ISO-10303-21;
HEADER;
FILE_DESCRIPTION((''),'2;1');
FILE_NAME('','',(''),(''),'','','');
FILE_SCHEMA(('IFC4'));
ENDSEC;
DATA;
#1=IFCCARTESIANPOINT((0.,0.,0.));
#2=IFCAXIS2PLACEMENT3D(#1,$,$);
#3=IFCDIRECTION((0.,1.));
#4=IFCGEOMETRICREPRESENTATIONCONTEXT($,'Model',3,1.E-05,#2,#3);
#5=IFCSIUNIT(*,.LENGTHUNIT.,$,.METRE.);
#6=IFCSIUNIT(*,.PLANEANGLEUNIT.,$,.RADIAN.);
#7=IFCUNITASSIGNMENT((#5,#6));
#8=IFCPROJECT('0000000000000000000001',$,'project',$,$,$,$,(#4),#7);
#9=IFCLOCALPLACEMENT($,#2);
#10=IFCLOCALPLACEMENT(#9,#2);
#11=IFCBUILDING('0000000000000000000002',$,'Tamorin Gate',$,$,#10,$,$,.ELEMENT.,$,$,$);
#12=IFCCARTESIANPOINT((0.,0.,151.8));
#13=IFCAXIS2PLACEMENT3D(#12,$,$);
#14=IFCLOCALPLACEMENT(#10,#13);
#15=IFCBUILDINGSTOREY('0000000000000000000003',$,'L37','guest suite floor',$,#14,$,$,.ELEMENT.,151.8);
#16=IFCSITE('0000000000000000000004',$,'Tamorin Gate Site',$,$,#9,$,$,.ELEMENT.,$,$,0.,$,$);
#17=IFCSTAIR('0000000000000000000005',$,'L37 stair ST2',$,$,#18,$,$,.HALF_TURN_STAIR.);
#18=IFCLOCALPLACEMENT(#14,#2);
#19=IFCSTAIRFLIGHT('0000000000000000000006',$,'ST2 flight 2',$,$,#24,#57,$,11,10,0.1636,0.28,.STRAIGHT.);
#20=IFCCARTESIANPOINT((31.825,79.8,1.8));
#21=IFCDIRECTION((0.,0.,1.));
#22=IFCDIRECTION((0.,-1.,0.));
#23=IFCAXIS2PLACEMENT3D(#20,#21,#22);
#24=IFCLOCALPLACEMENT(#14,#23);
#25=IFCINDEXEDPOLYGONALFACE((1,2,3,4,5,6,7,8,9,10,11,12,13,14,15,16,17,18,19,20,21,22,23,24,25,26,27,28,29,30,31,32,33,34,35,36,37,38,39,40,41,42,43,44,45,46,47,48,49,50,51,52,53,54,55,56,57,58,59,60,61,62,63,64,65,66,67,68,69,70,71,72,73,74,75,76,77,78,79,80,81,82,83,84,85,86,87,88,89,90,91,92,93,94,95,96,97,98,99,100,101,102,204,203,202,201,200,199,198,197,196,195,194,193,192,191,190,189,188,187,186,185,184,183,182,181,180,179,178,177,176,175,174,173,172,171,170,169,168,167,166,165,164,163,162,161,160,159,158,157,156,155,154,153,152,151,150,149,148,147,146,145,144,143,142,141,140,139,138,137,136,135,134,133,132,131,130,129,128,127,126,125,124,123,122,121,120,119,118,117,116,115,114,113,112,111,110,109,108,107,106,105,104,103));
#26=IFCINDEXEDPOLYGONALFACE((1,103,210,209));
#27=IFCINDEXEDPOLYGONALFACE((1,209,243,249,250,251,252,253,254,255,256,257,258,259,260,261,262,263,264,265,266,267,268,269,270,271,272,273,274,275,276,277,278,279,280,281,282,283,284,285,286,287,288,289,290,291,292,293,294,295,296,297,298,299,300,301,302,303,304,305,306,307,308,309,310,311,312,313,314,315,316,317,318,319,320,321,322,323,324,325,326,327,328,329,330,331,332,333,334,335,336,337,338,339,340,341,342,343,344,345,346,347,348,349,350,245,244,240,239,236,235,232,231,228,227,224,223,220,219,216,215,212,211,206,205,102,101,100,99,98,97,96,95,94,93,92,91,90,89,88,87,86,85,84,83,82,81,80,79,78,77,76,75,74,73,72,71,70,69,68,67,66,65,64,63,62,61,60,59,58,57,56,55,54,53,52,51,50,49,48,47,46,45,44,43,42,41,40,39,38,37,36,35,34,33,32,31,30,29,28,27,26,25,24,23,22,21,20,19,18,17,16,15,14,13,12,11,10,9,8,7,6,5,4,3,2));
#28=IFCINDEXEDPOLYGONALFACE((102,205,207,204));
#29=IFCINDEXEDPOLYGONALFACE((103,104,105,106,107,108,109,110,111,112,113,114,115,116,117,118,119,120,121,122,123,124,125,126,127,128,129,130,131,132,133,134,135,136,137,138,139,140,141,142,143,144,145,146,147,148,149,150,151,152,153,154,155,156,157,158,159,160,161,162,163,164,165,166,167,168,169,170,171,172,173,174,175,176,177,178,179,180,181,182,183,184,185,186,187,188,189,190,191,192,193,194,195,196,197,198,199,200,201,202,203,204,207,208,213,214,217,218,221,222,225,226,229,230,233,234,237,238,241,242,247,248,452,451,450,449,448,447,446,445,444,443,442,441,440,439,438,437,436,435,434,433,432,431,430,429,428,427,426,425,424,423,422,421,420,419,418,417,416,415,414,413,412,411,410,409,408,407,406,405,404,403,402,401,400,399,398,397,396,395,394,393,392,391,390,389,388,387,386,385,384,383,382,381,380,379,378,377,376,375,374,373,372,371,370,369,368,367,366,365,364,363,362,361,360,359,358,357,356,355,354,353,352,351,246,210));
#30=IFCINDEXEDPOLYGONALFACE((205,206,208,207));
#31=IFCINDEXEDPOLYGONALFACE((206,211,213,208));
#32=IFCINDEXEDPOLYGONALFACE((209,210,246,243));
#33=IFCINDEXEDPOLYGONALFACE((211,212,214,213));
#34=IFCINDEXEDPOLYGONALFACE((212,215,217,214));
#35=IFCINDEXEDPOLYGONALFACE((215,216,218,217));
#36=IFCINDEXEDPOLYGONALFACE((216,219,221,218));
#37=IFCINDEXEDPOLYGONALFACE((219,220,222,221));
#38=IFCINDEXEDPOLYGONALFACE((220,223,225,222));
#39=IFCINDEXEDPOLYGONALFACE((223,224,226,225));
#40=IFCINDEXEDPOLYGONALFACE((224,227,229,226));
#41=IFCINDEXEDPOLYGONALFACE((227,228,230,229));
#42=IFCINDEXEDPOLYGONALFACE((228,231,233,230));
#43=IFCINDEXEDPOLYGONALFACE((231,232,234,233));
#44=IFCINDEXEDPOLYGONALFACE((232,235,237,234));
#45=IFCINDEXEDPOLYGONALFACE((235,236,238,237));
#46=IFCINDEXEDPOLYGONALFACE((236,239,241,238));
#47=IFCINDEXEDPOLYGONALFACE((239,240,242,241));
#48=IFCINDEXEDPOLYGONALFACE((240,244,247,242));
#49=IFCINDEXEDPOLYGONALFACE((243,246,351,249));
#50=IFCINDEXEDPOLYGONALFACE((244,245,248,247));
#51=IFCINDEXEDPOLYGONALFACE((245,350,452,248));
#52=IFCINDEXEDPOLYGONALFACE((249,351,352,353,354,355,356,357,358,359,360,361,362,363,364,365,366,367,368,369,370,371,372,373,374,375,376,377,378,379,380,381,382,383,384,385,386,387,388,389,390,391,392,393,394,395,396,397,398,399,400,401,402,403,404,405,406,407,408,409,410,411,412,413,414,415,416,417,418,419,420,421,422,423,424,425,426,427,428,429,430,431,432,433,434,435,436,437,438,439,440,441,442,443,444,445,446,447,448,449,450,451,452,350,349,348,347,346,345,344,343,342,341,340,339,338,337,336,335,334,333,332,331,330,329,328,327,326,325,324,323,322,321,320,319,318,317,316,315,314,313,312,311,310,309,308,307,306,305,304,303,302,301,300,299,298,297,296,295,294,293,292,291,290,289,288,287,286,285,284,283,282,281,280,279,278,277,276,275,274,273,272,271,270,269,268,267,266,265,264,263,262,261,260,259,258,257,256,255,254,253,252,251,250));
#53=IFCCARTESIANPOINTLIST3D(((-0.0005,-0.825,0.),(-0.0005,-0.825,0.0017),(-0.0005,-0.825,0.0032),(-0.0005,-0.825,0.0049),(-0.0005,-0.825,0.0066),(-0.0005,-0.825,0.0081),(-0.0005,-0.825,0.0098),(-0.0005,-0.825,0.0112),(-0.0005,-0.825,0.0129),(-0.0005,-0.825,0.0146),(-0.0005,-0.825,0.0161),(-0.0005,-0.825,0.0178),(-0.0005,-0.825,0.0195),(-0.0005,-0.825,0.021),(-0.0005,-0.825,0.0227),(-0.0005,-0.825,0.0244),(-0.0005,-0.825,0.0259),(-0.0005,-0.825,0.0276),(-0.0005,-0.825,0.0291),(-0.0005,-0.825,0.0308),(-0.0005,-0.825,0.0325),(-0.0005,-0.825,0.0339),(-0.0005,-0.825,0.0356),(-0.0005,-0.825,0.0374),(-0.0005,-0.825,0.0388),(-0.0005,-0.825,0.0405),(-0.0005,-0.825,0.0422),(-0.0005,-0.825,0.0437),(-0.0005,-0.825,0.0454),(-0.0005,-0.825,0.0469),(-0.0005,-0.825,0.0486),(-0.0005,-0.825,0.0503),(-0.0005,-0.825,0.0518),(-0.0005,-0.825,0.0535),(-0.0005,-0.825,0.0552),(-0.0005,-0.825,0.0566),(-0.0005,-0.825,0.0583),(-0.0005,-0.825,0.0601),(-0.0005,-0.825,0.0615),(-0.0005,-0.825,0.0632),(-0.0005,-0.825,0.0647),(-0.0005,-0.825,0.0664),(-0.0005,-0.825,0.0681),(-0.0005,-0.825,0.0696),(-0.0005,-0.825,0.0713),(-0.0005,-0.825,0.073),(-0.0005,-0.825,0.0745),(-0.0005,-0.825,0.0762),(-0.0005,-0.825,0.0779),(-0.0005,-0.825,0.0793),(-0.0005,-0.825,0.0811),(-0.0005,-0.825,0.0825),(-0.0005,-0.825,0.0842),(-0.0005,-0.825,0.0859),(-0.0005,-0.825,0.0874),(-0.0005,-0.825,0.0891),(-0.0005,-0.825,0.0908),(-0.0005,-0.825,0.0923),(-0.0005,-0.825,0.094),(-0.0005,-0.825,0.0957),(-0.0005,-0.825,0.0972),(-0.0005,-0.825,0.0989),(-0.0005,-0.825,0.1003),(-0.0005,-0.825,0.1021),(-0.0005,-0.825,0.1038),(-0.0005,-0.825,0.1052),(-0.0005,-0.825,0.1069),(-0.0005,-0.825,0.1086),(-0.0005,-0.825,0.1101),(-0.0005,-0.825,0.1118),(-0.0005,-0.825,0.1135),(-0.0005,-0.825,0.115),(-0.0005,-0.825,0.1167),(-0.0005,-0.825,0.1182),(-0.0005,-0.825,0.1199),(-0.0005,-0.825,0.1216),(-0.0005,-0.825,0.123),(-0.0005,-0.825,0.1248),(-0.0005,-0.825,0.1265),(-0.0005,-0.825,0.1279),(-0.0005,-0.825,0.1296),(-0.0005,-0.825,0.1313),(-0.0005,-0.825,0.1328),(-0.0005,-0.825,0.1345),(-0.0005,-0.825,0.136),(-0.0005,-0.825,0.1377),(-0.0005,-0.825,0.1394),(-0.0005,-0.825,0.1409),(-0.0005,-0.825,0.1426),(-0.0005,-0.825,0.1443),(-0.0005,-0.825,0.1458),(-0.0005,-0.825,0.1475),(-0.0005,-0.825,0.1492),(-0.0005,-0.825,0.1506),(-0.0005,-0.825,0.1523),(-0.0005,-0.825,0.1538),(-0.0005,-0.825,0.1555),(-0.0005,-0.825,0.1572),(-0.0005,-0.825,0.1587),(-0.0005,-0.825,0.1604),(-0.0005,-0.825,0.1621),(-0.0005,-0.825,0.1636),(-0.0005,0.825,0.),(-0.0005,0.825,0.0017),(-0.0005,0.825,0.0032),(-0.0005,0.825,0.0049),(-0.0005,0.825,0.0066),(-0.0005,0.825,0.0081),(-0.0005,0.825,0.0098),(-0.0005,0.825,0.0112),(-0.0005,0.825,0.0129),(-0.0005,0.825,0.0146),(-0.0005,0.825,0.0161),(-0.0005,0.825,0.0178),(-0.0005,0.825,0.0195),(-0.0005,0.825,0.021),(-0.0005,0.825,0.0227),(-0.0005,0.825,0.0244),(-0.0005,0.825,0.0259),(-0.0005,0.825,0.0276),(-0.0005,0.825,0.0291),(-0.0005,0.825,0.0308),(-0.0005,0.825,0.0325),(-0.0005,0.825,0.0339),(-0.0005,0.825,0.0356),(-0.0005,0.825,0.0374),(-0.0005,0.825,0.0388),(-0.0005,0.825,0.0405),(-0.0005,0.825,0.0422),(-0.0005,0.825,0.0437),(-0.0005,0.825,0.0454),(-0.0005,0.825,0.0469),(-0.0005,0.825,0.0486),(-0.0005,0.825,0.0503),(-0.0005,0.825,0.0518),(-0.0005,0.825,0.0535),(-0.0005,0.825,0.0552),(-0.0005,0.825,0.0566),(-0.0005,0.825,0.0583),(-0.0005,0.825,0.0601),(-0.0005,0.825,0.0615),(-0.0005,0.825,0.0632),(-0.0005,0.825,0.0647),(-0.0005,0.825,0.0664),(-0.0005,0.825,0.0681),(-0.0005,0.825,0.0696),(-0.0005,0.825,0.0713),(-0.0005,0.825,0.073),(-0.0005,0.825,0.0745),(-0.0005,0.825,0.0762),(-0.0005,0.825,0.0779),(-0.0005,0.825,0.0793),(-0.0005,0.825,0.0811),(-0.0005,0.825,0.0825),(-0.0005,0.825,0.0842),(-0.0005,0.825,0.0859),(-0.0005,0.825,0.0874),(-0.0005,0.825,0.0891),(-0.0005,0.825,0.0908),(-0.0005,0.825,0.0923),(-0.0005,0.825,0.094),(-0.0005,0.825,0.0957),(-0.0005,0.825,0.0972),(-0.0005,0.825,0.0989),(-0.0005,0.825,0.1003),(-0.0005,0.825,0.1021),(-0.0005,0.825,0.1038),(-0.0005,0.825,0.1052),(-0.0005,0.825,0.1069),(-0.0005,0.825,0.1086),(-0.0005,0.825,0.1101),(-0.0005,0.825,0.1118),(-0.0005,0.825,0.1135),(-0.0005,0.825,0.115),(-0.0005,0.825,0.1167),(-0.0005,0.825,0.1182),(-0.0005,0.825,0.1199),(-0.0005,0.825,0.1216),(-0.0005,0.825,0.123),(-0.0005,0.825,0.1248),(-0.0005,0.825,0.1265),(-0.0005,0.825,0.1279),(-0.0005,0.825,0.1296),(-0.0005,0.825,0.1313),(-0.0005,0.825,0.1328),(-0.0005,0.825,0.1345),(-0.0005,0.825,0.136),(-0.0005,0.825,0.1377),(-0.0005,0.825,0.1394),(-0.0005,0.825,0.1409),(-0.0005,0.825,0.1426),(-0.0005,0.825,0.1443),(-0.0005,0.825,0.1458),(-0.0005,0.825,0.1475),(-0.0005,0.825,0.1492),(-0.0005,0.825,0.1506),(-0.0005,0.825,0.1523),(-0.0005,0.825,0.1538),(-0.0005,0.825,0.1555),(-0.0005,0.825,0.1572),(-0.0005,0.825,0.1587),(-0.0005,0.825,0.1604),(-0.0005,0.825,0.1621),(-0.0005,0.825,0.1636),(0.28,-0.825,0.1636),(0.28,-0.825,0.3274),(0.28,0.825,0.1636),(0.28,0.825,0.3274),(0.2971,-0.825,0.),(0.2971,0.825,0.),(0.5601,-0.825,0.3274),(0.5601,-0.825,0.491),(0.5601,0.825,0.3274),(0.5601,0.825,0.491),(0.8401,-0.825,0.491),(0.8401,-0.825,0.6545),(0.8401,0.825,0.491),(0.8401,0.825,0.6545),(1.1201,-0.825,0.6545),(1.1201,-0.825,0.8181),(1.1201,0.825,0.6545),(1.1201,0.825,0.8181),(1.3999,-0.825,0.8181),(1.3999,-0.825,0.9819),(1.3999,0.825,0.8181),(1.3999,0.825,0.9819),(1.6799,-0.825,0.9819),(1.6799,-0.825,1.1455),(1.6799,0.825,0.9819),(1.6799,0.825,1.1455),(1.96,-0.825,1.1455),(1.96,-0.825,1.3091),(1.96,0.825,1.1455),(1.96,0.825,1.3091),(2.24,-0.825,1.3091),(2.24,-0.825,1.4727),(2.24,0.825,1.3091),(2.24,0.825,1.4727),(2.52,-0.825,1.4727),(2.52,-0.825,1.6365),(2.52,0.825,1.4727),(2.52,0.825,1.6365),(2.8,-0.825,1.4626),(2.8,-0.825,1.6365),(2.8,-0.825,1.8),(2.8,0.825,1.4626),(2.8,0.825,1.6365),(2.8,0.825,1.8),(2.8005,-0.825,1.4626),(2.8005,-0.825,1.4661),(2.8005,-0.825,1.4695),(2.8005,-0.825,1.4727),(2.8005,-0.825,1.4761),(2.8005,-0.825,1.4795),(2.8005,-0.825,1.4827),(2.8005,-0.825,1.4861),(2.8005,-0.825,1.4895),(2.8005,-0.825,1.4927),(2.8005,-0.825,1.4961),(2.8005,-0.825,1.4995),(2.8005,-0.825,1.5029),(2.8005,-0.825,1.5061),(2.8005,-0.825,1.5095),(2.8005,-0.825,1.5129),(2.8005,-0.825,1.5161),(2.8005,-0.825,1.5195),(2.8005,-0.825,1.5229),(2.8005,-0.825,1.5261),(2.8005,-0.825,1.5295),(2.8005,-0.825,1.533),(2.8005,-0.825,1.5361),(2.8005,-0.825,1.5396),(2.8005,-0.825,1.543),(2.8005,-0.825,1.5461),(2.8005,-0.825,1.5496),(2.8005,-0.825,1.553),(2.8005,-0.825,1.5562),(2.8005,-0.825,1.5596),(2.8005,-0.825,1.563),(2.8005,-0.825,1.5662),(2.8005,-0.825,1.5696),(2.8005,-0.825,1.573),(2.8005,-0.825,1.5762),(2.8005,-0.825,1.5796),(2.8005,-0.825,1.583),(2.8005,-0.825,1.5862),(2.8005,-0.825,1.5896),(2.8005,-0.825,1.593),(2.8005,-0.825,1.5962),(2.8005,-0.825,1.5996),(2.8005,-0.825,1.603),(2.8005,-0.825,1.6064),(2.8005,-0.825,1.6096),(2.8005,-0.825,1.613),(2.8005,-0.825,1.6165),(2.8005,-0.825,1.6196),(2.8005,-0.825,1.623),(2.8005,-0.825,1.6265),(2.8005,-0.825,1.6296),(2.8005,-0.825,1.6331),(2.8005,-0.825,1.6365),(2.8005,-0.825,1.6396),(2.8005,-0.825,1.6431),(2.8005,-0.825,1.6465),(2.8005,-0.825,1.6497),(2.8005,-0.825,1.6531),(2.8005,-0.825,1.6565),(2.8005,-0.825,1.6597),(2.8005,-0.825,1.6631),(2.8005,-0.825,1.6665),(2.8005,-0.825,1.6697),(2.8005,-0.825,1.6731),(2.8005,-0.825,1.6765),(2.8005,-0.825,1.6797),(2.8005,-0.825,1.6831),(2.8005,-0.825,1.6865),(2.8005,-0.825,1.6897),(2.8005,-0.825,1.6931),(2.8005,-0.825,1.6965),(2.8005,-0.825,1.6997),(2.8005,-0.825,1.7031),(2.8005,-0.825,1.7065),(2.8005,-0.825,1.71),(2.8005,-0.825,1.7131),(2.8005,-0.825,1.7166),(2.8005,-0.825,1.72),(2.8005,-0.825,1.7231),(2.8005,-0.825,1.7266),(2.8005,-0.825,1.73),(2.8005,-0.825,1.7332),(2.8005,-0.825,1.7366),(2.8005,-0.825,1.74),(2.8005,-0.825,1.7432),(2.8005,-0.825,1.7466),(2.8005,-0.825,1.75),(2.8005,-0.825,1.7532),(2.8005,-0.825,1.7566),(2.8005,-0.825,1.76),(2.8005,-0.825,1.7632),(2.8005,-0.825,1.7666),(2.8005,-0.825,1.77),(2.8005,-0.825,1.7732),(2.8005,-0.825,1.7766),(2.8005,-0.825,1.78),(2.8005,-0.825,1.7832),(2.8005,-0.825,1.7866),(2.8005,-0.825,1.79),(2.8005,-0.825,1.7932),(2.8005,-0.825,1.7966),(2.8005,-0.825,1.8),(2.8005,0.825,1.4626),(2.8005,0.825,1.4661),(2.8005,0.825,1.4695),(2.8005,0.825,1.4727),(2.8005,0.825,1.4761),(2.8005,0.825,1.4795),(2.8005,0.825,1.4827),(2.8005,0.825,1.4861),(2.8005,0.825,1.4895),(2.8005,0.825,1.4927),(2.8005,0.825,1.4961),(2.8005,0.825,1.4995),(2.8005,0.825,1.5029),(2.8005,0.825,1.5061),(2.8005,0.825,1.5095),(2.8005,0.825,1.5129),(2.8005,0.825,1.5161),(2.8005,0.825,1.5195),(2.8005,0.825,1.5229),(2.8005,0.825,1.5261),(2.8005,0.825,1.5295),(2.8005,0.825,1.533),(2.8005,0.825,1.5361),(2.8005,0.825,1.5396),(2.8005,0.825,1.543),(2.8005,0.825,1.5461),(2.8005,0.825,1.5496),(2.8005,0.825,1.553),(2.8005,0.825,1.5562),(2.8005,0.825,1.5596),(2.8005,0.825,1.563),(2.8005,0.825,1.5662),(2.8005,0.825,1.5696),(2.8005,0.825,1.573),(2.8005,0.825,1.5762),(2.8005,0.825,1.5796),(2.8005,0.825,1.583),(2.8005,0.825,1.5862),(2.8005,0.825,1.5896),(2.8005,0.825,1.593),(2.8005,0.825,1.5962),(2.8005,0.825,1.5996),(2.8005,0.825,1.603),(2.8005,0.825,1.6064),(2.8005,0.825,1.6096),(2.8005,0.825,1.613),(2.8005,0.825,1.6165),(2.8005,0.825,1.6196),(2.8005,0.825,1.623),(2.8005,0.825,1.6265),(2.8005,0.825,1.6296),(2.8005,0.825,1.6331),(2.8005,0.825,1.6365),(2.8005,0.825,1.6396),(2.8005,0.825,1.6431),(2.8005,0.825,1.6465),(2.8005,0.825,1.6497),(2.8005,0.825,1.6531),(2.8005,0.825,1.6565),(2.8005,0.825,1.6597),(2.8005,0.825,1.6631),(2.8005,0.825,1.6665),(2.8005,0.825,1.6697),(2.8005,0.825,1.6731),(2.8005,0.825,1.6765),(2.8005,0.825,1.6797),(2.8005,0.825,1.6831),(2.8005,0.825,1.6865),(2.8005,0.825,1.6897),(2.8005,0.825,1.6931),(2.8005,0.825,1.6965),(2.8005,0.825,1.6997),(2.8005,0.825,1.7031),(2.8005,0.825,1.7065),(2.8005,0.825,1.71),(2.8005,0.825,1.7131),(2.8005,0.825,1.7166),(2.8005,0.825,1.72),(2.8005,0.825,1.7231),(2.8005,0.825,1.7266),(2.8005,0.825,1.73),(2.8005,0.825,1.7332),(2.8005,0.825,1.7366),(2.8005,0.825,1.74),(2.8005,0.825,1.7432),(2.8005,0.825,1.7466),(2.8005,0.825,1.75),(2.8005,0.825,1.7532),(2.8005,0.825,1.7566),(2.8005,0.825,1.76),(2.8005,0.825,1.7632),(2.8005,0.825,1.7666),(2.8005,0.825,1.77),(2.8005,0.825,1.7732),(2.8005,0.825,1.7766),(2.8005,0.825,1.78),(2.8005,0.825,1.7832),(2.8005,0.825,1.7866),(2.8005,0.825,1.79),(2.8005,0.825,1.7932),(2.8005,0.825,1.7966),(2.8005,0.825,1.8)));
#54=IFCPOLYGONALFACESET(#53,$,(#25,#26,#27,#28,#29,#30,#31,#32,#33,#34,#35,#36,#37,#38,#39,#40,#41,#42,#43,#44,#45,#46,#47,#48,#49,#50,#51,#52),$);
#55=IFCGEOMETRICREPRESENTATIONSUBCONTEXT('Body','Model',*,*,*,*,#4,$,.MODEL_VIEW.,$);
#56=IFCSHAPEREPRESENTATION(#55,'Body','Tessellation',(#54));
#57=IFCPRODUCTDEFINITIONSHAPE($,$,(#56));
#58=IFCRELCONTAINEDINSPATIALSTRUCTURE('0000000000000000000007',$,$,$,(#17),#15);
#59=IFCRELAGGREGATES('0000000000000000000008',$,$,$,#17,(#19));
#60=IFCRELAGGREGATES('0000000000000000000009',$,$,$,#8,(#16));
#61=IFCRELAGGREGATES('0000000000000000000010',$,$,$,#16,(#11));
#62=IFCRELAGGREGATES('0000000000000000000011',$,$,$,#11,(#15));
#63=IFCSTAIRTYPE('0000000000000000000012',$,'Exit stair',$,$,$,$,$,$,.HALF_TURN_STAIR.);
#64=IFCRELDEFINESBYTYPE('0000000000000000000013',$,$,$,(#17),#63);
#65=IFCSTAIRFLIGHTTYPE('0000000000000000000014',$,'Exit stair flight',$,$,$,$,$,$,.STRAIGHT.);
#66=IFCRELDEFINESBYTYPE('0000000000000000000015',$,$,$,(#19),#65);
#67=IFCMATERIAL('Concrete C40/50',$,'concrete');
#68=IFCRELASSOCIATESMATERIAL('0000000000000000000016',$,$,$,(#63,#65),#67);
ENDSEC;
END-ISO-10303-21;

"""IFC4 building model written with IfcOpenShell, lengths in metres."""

from ifc_helpers import new_model, si_unit, direction, frame, origin, place, context, subcontext, project, spatial, polyline, outline, extrude, material, type_object, element, aggregate, save


model = new_model("IFC4")

# Units and contexts
model_context = context("Model", 3, precision=1e-05, world=origin(), true_north=direction((0.0, 1.0)))
body_context = subcontext(model_context, "Body", "Model", "MODEL_VIEW")
ifc_project = project(units=[si_unit("LENGTHUNIT", "METRE"), si_unit("PLANEANGLEUNIT", "RADIAN")], contexts=[model_context])

# Site, building, storey
site_placement = place(None, origin())
site = spatial("IfcSite", under=ifc_project, at=site_placement, Name="Tamorin Gate Site", CompositionType="ELEMENT", RefElevation=0.0)
building_placement = place(site_placement, origin())
building = spatial("IfcBuilding", under=site, at=building_placement, Name="Tamorin Gate", CompositionType="ELEMENT")
storey_placement = place(building_placement, frame((0.0, 0.0, 151.8)))
storey = spatial("IfcBuildingStorey", under=building, at=storey_placement, Name="L37", Description="guest suite floor", CompositionType="ELEMENT", Elevation=151.8)

# Shared definitions
ifc_material_1 = material(Name="Concrete C40/50", Category="concrete")

# Stair, stair flight
stair_type = type_object("IfcStairType", Name="Exit stair", PredefinedType="HALF_TURN_STAIR", material=ifc_material_1)
stair_flight_type = type_object("IfcStairFlightType", Name="Exit stair flight", PredefinedType="STRAIGHT", material=ifc_material_1)
stair_1_placement = place(storey_placement, origin())
stair_1 = element("IfcStair", 1, at=stair_1_placement, inside=storey, type_object=stair_type, Name="L37 stair ST2", PredefinedType="HALF_TURN_STAIR")
stair_flight_1_placement = place(storey_placement, frame((31.825, 79.8, 1.8), z_axis=(0.0, 0.0, 1.0), x_axis=(0.0, -1.0, 0.0)))
stair_flight_1 = element("IfcStairFlight", 2, at=stair_flight_1_placement, type_object=stair_flight_type, Name="ST2 flight 2", NumberOfRisers=11, NumberOfTreads=10, PredefinedType="STRAIGHT", RiserHeight=0.1636, TreadLength=0.28, context=body_context, shape_type="SweptSolid", body=[
    extrude(outline(polyline([(-0.0005, 0.0), (-0.0005, 0.0017), (-0.0005, 0.0032), (-0.0005, 0.0049), (-0.0005, 0.0066), (-0.0005, 0.0081), (-0.0005, 0.0098), (-0.0005, 0.0112), (-0.0005, 0.0129), (-0.0005, 0.0146), (-0.0005, 0.0161), (-0.0005, 0.0178), (-0.0005, 0.0195), (-0.0005, 0.021), (-0.0005, 0.0227), (-0.0005, 0.0244), (-0.0005, 0.0259), (-0.0005, 0.0276), (-0.0005, 0.0291), (-0.0005, 0.0308), (-0.0005, 0.0325), (-0.0005, 0.0339), (-0.0005, 0.0356), (-0.0005, 0.0374), (-0.0005, 0.0388), (-0.0005, 0.0405), (-0.0005, 0.0422), (-0.0005, 0.0437), (-0.0005, 0.0454), (-0.0005, 0.0469), (-0.0005, 0.0486), (-0.0005, 0.0503), (-0.0005, 0.0518), (-0.0005, 0.0535), (-0.0005, 0.0552), (-0.0005, 0.0566), (-0.0005, 0.0583), (-0.0005, 0.0601), (-0.0005, 0.0615), (-0.0005, 0.0632), (-0.0005, 0.0647), (-0.0005, 0.0664), (-0.0005, 0.0681), (-0.0005, 0.0696), (-0.0005, 0.0713), (-0.0005, 0.073), (-0.0005, 0.0745), (-0.0005, 0.0762), (-0.0005, 0.0779), (-0.0005, 0.0793), (-0.0005, 0.0811), (-0.0005, 0.0825), (-0.0005, 0.0842), (-0.0005, 0.0859), (-0.0005, 0.0874), (-0.0005, 0.0891), (-0.0005, 0.0908), (-0.0005, 0.0923), (-0.0005, 0.094), (-0.0005, 0.0957), (-0.0005, 0.0972), (-0.0005, 0.0989), (-0.0005, 0.1003), (-0.0005, 0.1021), (-0.0005, 0.1038), (-0.0005, 0.1052), (-0.0005, 0.1069), (-0.0005, 0.1086), (-0.0005, 0.1101), (-0.0005, 0.1118), (-0.0005, 0.1135), (-0.0005, 0.115), (-0.0005, 0.1167), (-0.0005, 0.1182), (-0.0005, 0.1199), (-0.0005, 0.1216), (-0.0005, 0.123), (-0.0005, 0.1248), (-0.0005, 0.1265), (-0.0005, 0.1279), (-0.0005, 0.1296), (-0.0005, 0.1313), (-0.0005, 0.1328), (-0.0005, 0.1345), (-0.0005, 0.136), (-0.0005, 0.1377), (-0.0005, 0.1394), (-0.0005, 0.1409), (-0.0005, 0.1426), (-0.0005, 0.1443), (-0.0005, 0.1458), (-0.0005, 0.1475), (-0.0005, 0.1492), (-0.0005, 0.1506), (-0.0005, 0.1523), (-0.0005, 0.1538), (-0.0005, 0.1555), (-0.0005, 0.1572), (-0.0005, 0.1587), (-0.0005, 0.1604), (-0.0005, 0.1621), (-0.0005, 0.1636), (0.28, 0.1636), (0.28, 0.3274), (0.5601, 0.3274), (0.5601, 0.491), (0.8401, 0.491), (0.8401, 0.6545), (1.1201, 0.6545), (1.1201, 0.8181), (1.3999, 0.8181), (1.3999, 0.9819), (1.6799, 0.9819), (1.6799, 1.1455), (1.96, 1.1455), (1.96, 1.3091), (2.24, 1.3091), (2.24, 1.4727), (2.52, 1.4727), (2.52, 1.6365), (2.8, 1.6365), (2.8, 1.8), (2.8005, 1.8), (2.8005, 1.7966), (2.8005, 1.7932), (2.8005, 1.79), (2.8005, 1.7866), (2.8005, 1.7832), (2.8005, 1.78), (2.8005, 1.7766), (2.8005, 1.7732), (2.8005, 1.77), (2.8005, 1.7666), (2.8005, 1.7632), (2.8005, 1.76), (2.8005, 1.7566), (2.8005, 1.7532), (2.8005, 1.75), (2.8005, 1.7466), (2.8005, 1.7432), (2.8005, 1.74), (2.8005, 1.7366), (2.8005, 1.7332), (2.8005, 1.73), (2.8005, 1.7266), (2.8005, 1.7231), (2.8005, 1.72), (2.8005, 1.7166), (2.8005, 1.7131), (2.8005, 1.71), (2.8005, 1.7065), (2.8005, 1.7031), (2.8005, 1.6997), (2.8005, 1.6965), (2.8005, 1.6931), (2.8005, 1.6897), (2.8005, 1.6865), (2.8005, 1.6831), (2.8005, 1.6797), (2.8005, 1.6765), (2.8005, 1.6731), (2.8005, 1.6697), (2.8005, 1.6665), (2.8005, 1.6631), (2.8005, 1.6597), (2.8005, 1.6565), (2.8005, 1.6531), (2.8005, 1.6497), (2.8005, 1.6465), (2.8005, 1.6431), (2.8005, 1.6396), (2.8005, 1.6365), (2.8005, 1.6331), (2.8005, 1.6296), (2.8005, 1.6265), (2.8005, 1.623), (2.8005, 1.6196), (2.8005, 1.6165), (2.8005, 1.613), (2.8005, 1.6096), (2.8005, 1.6064), (2.8005, 1.603), (2.8005, 1.5996), (2.8005, 1.5962), (2.8005, 1.593), (2.8005, 1.5896), (2.8005, 1.5862), (2.8005, 1.583), (2.8005, 1.5796), (2.8005, 1.5762), (2.8005, 1.573), (2.8005, 1.5696), (2.8005, 1.5662), (2.8005, 1.563), (2.8005, 1.5596), (2.8005, 1.5562), (2.8005, 1.553), (2.8005, 1.5496), (2.8005, 1.5461), (2.8005, 1.543), (2.8005, 1.5396), (2.8005, 1.5361), (2.8005, 1.533), (2.8005, 1.5295), (2.8005, 1.5261), (2.8005, 1.5229), (2.8005, 1.5195), (2.8005, 1.5161), (2.8005, 1.5129), (2.8005, 1.5095), (2.8005, 1.5061), (2.8005, 1.5029), (2.8005, 1.4995), (2.8005, 1.4961), (2.8005, 1.4927), (2.8005, 1.4895), (2.8005, 1.4861), (2.8005, 1.4827), (2.8005, 1.4795), (2.8005, 1.4761), (2.8005, 1.4727), (2.8005, 1.4695), (2.8005, 1.4661), (2.8005, 1.4626), (2.8, 1.4626), (0.2971, 0.0), (-0.0005, 0.0)])), frame((0.0, 0.825, 0.0), z_axis=(0.0, -1.0, 0.0), x_axis=(1.0, 0.0, 0.0)), (0.0, 0.0, 1.0), 1.6499),
])
aggregate(stair_1, [stair_flight_1])

save(model, "model.ifc")
